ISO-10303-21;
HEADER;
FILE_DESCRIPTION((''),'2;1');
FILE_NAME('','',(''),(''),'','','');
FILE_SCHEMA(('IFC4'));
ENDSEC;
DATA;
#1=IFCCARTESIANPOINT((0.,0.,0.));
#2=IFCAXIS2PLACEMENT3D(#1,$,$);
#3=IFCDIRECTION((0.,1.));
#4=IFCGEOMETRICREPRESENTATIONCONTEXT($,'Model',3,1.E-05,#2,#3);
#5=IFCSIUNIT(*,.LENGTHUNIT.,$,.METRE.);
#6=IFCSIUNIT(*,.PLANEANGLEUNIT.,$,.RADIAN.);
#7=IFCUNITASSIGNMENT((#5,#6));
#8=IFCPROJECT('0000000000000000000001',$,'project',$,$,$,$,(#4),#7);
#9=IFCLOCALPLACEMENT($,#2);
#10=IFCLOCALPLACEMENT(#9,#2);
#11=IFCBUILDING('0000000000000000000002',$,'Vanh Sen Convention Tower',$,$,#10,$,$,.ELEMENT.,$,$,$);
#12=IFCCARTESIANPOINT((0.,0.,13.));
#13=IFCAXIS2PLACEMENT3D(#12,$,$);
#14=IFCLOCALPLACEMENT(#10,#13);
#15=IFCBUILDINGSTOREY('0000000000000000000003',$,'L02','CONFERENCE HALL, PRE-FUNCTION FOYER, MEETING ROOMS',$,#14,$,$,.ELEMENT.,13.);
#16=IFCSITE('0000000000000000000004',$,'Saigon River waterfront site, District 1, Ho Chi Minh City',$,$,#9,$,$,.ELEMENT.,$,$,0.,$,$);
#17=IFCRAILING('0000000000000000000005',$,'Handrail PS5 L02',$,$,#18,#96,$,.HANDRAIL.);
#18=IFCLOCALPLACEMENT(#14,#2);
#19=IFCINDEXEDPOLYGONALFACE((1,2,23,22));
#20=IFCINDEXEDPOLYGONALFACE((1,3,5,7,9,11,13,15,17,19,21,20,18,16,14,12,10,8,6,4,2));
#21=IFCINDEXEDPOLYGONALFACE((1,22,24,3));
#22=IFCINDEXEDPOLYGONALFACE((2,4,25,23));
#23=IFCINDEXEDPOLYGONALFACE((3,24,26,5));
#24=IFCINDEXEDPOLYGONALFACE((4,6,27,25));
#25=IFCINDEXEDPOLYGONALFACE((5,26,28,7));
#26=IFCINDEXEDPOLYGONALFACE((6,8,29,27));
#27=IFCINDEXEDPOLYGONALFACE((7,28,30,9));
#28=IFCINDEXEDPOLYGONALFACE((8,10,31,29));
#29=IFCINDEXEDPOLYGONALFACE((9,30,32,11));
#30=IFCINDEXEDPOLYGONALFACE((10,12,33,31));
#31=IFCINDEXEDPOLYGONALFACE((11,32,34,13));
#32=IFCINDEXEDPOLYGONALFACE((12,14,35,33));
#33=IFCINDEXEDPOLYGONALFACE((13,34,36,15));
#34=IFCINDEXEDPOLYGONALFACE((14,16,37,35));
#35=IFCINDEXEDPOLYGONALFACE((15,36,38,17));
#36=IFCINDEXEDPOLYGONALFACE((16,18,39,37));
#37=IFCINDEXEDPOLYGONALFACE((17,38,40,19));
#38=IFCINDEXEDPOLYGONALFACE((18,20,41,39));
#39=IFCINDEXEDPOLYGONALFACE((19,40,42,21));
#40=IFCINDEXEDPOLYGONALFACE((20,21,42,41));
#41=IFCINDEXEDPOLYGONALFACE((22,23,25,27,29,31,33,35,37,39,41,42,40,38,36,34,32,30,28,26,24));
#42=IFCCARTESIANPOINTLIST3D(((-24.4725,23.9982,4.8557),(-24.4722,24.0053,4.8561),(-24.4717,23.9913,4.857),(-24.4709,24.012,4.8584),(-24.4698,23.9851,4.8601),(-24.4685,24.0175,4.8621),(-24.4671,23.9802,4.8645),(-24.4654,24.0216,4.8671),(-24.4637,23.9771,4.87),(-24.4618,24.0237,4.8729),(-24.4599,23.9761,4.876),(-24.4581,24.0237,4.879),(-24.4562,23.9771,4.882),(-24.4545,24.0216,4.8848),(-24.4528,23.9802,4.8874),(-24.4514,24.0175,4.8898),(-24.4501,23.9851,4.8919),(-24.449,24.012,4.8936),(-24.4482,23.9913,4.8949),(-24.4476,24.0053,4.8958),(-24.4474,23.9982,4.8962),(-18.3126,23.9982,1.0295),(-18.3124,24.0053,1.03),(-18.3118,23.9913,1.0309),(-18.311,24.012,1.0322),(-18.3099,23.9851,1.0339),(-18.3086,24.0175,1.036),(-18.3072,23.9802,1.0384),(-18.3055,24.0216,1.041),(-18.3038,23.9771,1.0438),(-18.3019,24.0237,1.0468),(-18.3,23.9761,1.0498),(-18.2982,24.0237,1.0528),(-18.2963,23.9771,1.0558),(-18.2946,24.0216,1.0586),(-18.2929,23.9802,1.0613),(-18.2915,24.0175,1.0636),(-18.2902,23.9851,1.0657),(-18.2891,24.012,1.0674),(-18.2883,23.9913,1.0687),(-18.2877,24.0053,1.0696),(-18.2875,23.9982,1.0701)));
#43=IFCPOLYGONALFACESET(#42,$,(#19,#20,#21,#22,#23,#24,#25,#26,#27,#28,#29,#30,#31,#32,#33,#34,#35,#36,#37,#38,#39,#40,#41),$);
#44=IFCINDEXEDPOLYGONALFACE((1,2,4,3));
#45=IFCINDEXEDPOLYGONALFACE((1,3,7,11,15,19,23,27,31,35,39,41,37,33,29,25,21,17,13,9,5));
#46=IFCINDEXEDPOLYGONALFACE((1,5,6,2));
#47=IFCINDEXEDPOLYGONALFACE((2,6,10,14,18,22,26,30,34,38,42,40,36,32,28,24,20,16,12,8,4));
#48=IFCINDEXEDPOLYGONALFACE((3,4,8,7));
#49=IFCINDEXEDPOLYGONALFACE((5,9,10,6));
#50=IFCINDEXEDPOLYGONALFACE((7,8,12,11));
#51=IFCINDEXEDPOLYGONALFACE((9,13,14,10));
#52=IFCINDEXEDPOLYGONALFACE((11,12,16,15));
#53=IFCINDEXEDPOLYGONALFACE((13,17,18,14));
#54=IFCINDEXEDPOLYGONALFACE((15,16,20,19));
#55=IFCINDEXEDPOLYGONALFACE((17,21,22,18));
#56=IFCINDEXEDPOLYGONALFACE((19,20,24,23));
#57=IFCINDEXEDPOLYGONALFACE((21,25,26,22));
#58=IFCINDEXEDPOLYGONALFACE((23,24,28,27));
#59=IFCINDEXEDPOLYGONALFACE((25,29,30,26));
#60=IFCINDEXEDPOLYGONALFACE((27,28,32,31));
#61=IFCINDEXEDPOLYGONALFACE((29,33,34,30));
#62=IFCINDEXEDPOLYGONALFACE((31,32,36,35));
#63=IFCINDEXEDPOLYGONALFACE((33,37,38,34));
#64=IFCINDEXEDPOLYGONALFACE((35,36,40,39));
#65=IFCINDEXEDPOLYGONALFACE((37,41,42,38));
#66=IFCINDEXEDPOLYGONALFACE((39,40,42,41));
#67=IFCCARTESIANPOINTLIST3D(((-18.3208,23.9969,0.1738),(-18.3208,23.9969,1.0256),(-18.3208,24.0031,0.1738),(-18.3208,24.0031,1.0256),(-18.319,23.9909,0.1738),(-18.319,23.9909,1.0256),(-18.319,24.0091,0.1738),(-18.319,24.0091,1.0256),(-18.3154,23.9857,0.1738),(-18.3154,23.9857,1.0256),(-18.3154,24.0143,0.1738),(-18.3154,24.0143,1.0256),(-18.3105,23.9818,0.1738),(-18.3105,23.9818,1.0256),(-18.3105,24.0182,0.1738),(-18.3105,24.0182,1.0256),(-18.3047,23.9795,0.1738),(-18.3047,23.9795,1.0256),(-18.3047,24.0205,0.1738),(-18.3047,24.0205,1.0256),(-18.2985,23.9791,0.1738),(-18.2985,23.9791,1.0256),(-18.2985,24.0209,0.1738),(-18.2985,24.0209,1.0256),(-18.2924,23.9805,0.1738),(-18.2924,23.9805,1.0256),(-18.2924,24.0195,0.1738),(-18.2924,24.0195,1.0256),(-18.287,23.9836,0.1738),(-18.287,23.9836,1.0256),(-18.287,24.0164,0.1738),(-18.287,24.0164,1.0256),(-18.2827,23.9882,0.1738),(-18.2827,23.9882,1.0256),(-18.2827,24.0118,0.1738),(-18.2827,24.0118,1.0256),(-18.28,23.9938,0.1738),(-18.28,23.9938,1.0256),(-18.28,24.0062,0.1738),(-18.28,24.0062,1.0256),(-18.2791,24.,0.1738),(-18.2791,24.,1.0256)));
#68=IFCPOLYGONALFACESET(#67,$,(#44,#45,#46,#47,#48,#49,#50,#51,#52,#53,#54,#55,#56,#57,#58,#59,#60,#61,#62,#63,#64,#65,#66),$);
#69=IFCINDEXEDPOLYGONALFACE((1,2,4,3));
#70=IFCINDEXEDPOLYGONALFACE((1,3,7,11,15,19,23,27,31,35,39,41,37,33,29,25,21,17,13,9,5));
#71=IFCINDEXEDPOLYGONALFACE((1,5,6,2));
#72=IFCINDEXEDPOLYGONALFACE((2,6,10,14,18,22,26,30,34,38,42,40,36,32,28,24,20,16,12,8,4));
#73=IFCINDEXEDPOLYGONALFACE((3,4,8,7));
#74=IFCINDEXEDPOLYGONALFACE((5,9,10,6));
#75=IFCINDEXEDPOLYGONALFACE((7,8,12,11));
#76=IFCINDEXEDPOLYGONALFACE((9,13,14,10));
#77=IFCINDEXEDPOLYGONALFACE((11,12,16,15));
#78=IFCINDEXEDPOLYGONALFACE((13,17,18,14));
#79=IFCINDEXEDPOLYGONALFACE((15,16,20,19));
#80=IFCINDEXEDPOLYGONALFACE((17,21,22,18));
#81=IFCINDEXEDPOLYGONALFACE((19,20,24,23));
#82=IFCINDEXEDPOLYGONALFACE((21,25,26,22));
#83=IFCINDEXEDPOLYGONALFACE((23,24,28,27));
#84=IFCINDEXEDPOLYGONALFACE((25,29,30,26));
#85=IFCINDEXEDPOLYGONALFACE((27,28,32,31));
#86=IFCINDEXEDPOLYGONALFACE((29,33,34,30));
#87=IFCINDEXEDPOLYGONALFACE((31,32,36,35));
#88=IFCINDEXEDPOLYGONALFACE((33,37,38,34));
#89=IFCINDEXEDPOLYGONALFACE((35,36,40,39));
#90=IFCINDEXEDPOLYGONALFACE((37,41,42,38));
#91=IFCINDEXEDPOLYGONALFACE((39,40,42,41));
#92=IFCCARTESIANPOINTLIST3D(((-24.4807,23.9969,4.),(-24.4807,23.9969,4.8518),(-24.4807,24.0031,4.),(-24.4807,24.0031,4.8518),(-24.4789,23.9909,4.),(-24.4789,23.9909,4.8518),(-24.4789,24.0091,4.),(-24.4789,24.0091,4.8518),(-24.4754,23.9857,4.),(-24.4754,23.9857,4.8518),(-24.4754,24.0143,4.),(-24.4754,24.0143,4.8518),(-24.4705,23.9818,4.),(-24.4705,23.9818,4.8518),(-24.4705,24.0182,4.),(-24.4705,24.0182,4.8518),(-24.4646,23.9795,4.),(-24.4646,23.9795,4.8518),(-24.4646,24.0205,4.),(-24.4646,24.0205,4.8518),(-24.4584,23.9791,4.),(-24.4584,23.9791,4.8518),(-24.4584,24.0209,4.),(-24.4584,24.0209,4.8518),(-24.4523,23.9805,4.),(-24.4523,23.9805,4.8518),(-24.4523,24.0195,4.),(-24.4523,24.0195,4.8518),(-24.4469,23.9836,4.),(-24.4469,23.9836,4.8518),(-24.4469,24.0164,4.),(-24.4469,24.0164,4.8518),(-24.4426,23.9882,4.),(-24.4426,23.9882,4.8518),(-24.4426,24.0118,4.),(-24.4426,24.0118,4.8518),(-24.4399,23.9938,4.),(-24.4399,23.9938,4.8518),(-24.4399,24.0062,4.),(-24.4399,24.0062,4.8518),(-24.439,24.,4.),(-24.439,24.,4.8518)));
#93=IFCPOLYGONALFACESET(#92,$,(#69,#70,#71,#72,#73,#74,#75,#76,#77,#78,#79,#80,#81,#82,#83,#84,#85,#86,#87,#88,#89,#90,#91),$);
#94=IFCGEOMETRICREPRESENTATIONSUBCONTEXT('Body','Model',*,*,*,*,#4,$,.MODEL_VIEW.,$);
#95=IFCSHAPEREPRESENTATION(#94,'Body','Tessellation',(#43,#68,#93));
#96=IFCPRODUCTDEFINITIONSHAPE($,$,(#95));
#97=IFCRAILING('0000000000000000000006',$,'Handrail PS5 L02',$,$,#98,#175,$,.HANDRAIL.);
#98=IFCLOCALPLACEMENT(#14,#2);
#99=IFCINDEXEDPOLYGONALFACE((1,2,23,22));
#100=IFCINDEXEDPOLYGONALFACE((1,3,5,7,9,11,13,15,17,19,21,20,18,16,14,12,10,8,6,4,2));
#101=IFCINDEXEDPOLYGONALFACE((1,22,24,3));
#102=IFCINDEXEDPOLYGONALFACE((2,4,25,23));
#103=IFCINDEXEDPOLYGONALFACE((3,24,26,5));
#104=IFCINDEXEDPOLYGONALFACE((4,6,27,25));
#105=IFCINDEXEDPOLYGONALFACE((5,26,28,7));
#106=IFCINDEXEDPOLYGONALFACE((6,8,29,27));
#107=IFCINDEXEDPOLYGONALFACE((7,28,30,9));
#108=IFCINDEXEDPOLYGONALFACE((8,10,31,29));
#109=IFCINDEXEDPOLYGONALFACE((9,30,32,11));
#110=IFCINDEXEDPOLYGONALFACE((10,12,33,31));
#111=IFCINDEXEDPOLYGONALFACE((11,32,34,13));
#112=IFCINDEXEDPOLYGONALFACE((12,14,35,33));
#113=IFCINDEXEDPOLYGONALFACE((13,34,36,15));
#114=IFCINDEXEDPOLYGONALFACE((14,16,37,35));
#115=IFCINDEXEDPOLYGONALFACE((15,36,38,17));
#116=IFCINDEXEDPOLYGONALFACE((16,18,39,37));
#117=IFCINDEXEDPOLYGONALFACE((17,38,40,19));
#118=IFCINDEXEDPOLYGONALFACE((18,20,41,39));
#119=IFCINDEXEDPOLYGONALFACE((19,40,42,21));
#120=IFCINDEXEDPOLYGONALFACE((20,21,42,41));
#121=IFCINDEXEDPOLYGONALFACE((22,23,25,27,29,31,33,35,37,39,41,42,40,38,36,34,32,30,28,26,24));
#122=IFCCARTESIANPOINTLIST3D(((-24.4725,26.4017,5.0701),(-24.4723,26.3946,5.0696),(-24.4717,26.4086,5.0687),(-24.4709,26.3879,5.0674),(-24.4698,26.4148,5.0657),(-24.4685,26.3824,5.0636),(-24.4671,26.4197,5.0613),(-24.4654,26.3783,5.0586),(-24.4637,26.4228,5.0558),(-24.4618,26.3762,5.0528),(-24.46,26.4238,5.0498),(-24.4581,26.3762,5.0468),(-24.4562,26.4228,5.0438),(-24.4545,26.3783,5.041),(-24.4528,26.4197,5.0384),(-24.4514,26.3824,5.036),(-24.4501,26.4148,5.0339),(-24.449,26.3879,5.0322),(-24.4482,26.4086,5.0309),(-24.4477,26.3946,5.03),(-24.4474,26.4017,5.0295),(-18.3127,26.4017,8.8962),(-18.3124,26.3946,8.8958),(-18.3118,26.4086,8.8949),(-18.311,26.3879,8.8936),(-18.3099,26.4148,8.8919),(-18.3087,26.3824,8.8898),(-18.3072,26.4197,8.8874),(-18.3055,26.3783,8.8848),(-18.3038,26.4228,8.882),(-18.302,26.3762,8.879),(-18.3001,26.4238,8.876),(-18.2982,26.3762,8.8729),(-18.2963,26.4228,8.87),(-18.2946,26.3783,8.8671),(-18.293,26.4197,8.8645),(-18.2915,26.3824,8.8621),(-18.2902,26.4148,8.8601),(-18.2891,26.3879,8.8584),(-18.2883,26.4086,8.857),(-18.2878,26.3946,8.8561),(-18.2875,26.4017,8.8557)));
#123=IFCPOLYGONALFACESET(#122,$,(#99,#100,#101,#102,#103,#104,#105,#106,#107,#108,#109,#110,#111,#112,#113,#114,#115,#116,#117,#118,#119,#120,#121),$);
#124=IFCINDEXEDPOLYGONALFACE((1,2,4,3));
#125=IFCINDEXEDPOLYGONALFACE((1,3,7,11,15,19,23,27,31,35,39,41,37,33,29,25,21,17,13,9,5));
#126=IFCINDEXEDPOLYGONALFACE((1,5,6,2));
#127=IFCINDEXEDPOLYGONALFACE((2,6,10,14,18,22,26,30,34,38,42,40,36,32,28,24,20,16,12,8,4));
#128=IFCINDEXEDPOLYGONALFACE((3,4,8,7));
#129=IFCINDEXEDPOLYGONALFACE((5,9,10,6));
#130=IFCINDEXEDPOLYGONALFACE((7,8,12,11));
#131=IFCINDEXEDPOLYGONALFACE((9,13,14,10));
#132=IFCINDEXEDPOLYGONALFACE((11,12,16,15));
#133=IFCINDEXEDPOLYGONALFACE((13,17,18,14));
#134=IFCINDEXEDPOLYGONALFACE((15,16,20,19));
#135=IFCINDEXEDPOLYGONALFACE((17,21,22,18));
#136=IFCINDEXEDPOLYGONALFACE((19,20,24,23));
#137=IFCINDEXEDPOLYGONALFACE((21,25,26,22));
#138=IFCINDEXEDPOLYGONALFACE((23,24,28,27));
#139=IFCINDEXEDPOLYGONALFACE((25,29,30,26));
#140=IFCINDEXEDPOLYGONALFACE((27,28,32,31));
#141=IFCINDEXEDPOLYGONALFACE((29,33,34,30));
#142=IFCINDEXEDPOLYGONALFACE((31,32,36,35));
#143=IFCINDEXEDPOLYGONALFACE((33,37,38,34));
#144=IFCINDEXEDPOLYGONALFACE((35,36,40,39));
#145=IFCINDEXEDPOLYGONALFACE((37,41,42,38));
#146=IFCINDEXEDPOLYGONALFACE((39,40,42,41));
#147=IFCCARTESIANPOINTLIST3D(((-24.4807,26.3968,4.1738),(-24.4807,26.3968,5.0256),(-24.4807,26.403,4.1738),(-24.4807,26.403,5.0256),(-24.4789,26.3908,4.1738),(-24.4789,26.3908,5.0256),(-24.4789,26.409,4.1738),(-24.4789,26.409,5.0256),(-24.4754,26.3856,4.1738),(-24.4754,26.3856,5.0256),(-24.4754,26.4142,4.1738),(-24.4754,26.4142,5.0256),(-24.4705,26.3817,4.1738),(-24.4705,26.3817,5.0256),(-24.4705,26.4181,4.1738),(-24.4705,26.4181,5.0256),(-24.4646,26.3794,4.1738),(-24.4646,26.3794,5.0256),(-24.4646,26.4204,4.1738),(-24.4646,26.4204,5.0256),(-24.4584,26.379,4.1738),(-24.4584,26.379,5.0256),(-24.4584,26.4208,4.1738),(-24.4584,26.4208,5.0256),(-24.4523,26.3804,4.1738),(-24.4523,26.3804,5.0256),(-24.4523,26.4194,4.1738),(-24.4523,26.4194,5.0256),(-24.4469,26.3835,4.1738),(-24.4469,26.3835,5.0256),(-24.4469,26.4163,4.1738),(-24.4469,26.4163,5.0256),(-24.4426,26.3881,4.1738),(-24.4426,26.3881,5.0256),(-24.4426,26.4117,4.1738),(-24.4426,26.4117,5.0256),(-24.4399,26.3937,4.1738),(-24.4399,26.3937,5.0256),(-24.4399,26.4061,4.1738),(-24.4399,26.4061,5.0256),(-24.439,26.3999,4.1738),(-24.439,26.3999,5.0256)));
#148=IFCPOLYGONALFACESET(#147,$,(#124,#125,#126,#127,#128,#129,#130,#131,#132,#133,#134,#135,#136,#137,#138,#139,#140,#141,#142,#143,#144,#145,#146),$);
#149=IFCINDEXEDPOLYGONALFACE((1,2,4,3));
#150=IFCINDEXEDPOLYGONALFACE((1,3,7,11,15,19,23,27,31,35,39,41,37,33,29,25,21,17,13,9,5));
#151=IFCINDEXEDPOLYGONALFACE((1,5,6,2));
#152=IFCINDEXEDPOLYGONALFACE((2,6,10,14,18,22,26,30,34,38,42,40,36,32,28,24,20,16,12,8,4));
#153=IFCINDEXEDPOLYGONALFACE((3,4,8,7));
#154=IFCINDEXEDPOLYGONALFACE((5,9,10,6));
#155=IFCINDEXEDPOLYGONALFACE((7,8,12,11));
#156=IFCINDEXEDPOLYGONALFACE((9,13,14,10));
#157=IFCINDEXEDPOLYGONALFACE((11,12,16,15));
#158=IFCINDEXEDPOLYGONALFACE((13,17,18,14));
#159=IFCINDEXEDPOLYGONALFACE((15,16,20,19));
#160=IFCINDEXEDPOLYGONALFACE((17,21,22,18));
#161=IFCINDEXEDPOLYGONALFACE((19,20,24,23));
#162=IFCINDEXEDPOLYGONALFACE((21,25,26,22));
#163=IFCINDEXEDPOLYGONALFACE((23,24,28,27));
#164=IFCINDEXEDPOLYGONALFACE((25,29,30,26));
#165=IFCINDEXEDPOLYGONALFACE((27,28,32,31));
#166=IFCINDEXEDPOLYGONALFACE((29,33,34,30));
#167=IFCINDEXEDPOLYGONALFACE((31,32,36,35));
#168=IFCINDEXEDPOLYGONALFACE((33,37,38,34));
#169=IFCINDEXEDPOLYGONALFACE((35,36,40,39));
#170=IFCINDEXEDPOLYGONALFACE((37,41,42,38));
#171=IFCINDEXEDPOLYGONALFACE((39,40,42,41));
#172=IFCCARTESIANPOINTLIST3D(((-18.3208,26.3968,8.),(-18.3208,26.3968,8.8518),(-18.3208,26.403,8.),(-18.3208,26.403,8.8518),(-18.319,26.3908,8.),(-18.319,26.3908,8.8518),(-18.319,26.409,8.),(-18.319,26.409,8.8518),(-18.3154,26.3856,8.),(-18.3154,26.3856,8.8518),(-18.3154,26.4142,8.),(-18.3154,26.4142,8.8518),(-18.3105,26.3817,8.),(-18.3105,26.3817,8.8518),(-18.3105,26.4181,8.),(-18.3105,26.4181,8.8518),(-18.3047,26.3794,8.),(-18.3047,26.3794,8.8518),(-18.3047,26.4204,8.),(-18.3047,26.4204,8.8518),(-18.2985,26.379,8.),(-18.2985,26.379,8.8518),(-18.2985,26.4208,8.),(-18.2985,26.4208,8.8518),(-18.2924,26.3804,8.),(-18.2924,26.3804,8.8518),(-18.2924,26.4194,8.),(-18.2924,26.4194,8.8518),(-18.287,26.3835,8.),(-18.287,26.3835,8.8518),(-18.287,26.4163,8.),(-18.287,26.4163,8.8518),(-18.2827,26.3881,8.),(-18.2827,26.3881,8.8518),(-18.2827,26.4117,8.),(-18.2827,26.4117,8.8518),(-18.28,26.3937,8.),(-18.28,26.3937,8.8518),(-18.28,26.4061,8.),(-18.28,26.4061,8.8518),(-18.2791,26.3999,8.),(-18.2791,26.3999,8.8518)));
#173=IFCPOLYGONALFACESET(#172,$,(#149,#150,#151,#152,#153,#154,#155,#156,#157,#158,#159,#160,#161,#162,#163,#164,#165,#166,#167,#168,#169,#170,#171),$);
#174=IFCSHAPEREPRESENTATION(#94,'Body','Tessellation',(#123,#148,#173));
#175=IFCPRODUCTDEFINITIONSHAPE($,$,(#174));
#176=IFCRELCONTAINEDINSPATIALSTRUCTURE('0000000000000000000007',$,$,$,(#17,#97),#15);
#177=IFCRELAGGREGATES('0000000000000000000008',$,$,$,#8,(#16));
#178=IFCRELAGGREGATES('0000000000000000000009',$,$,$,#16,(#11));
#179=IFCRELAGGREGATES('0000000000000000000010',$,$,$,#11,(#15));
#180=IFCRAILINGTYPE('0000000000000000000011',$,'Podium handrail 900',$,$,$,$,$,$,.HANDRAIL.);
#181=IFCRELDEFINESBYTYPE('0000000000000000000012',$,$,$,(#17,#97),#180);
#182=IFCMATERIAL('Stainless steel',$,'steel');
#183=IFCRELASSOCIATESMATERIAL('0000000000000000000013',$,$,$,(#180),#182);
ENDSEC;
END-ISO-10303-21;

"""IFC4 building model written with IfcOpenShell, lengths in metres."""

from ifc_helpers import new_model, si_unit, direction, frame, origin, origin_2d, place, context, subcontext, project, spatial, circle, extrude, material, type_object, element, save


model = new_model("IFC4")

# Units and contexts
model_context = context("Model", 3, precision=1e-05, world=origin(), true_north=direction((0.0, 1.0)))
body_context = subcontext(model_context, "Body", "Model", "MODEL_VIEW")
ifc_project = project(units=[si_unit("LENGTHUNIT", "METRE"), si_unit("PLANEANGLEUNIT", "RADIAN")], contexts=[model_context])

# Site, building, storey
site_placement = place(None, origin())
site = spatial("IfcSite", under=ifc_project, at=site_placement, Name="Saigon River waterfront site, District 1, Ho Chi Minh City", CompositionType="ELEMENT", RefElevation=0.0)
building_placement = place(site_placement, origin())
building = spatial("IfcBuilding", under=site, at=building_placement, Name="Vanh Sen Convention Tower", CompositionType="ELEMENT")
storey_placement = place(building_placement, frame((0.0, 0.0, 13.0)))
storey = spatial("IfcBuildingStorey", under=building, at=storey_placement, Name="L02", Description="CONFERENCE HALL, PRE-FUNCTION FOYER, MEETING ROOMS", CompositionType="ELEMENT", Elevation=13.0)

# Railings
ifc_material_1 = material(Name="Stainless steel", Category="steel")
railing_type = type_object("IfcRailingType", Name="Podium handrail 900", PredefinedType="HANDRAIL", material=ifc_material_1)
for number, where, name in (
    (1, (-18.3, 24.0, 0.1738), "Handrail PS5 L02"),
):
    element("IfcRailing", number, at=place(storey_placement, frame(where)), inside=storey, type_object=railing_type, Name=name, PredefinedType="HANDRAIL", context=body_context, shape_type="SweptSolid", body=[
        extrude(circle(Radius=0.0239, at=origin_2d()), frame((0.0, 0.0, 0.876), z_axis=(-0.849468, 0.0, 0.527639), x_axis=(0.0, -1.0, 0.0)), (0.0, 0.0, 1.0), 7.2515),
        extrude(circle(Radius=0.021, at=origin_2d()), origin(), (0.0, 0.0, 1.0), 0.8518),
        extrude(circle(Radius=0.021, at=origin_2d()), frame((-6.1599, 0.0, 3.8262)), (0.0, 0.0, 1.0), 0.8518),
    ])
for number, where, name in (
    (2, (-24.46, 26.3999, 4.1738), "Handrail PS5 L02"),
):
    element("IfcRailing", number, at=place(storey_placement, frame(where)), inside=storey, type_object=railing_type, Name=name, PredefinedType="HANDRAIL", context=body_context, shape_type="SweptSolid", body=[
        extrude(circle(Radius=0.0239, at=origin_2d()), frame((0.0, 0.0, 0.876), z_axis=(0.849468, 0.0, 0.527639), x_axis=(0.0, 1.0, 0.0)), (0.0, 0.0, 1.0), 7.2515),
        extrude(circle(Radius=0.021, at=origin_2d()), origin(), (0.0, 0.0, 1.0), 0.8518),
        extrude(circle(Radius=0.021, at=origin_2d()), frame((6.1599, 0.0, 3.8262)), (0.0, 0.0, 1.0), 0.8518),
    ])

save(model, "model.ifc")
